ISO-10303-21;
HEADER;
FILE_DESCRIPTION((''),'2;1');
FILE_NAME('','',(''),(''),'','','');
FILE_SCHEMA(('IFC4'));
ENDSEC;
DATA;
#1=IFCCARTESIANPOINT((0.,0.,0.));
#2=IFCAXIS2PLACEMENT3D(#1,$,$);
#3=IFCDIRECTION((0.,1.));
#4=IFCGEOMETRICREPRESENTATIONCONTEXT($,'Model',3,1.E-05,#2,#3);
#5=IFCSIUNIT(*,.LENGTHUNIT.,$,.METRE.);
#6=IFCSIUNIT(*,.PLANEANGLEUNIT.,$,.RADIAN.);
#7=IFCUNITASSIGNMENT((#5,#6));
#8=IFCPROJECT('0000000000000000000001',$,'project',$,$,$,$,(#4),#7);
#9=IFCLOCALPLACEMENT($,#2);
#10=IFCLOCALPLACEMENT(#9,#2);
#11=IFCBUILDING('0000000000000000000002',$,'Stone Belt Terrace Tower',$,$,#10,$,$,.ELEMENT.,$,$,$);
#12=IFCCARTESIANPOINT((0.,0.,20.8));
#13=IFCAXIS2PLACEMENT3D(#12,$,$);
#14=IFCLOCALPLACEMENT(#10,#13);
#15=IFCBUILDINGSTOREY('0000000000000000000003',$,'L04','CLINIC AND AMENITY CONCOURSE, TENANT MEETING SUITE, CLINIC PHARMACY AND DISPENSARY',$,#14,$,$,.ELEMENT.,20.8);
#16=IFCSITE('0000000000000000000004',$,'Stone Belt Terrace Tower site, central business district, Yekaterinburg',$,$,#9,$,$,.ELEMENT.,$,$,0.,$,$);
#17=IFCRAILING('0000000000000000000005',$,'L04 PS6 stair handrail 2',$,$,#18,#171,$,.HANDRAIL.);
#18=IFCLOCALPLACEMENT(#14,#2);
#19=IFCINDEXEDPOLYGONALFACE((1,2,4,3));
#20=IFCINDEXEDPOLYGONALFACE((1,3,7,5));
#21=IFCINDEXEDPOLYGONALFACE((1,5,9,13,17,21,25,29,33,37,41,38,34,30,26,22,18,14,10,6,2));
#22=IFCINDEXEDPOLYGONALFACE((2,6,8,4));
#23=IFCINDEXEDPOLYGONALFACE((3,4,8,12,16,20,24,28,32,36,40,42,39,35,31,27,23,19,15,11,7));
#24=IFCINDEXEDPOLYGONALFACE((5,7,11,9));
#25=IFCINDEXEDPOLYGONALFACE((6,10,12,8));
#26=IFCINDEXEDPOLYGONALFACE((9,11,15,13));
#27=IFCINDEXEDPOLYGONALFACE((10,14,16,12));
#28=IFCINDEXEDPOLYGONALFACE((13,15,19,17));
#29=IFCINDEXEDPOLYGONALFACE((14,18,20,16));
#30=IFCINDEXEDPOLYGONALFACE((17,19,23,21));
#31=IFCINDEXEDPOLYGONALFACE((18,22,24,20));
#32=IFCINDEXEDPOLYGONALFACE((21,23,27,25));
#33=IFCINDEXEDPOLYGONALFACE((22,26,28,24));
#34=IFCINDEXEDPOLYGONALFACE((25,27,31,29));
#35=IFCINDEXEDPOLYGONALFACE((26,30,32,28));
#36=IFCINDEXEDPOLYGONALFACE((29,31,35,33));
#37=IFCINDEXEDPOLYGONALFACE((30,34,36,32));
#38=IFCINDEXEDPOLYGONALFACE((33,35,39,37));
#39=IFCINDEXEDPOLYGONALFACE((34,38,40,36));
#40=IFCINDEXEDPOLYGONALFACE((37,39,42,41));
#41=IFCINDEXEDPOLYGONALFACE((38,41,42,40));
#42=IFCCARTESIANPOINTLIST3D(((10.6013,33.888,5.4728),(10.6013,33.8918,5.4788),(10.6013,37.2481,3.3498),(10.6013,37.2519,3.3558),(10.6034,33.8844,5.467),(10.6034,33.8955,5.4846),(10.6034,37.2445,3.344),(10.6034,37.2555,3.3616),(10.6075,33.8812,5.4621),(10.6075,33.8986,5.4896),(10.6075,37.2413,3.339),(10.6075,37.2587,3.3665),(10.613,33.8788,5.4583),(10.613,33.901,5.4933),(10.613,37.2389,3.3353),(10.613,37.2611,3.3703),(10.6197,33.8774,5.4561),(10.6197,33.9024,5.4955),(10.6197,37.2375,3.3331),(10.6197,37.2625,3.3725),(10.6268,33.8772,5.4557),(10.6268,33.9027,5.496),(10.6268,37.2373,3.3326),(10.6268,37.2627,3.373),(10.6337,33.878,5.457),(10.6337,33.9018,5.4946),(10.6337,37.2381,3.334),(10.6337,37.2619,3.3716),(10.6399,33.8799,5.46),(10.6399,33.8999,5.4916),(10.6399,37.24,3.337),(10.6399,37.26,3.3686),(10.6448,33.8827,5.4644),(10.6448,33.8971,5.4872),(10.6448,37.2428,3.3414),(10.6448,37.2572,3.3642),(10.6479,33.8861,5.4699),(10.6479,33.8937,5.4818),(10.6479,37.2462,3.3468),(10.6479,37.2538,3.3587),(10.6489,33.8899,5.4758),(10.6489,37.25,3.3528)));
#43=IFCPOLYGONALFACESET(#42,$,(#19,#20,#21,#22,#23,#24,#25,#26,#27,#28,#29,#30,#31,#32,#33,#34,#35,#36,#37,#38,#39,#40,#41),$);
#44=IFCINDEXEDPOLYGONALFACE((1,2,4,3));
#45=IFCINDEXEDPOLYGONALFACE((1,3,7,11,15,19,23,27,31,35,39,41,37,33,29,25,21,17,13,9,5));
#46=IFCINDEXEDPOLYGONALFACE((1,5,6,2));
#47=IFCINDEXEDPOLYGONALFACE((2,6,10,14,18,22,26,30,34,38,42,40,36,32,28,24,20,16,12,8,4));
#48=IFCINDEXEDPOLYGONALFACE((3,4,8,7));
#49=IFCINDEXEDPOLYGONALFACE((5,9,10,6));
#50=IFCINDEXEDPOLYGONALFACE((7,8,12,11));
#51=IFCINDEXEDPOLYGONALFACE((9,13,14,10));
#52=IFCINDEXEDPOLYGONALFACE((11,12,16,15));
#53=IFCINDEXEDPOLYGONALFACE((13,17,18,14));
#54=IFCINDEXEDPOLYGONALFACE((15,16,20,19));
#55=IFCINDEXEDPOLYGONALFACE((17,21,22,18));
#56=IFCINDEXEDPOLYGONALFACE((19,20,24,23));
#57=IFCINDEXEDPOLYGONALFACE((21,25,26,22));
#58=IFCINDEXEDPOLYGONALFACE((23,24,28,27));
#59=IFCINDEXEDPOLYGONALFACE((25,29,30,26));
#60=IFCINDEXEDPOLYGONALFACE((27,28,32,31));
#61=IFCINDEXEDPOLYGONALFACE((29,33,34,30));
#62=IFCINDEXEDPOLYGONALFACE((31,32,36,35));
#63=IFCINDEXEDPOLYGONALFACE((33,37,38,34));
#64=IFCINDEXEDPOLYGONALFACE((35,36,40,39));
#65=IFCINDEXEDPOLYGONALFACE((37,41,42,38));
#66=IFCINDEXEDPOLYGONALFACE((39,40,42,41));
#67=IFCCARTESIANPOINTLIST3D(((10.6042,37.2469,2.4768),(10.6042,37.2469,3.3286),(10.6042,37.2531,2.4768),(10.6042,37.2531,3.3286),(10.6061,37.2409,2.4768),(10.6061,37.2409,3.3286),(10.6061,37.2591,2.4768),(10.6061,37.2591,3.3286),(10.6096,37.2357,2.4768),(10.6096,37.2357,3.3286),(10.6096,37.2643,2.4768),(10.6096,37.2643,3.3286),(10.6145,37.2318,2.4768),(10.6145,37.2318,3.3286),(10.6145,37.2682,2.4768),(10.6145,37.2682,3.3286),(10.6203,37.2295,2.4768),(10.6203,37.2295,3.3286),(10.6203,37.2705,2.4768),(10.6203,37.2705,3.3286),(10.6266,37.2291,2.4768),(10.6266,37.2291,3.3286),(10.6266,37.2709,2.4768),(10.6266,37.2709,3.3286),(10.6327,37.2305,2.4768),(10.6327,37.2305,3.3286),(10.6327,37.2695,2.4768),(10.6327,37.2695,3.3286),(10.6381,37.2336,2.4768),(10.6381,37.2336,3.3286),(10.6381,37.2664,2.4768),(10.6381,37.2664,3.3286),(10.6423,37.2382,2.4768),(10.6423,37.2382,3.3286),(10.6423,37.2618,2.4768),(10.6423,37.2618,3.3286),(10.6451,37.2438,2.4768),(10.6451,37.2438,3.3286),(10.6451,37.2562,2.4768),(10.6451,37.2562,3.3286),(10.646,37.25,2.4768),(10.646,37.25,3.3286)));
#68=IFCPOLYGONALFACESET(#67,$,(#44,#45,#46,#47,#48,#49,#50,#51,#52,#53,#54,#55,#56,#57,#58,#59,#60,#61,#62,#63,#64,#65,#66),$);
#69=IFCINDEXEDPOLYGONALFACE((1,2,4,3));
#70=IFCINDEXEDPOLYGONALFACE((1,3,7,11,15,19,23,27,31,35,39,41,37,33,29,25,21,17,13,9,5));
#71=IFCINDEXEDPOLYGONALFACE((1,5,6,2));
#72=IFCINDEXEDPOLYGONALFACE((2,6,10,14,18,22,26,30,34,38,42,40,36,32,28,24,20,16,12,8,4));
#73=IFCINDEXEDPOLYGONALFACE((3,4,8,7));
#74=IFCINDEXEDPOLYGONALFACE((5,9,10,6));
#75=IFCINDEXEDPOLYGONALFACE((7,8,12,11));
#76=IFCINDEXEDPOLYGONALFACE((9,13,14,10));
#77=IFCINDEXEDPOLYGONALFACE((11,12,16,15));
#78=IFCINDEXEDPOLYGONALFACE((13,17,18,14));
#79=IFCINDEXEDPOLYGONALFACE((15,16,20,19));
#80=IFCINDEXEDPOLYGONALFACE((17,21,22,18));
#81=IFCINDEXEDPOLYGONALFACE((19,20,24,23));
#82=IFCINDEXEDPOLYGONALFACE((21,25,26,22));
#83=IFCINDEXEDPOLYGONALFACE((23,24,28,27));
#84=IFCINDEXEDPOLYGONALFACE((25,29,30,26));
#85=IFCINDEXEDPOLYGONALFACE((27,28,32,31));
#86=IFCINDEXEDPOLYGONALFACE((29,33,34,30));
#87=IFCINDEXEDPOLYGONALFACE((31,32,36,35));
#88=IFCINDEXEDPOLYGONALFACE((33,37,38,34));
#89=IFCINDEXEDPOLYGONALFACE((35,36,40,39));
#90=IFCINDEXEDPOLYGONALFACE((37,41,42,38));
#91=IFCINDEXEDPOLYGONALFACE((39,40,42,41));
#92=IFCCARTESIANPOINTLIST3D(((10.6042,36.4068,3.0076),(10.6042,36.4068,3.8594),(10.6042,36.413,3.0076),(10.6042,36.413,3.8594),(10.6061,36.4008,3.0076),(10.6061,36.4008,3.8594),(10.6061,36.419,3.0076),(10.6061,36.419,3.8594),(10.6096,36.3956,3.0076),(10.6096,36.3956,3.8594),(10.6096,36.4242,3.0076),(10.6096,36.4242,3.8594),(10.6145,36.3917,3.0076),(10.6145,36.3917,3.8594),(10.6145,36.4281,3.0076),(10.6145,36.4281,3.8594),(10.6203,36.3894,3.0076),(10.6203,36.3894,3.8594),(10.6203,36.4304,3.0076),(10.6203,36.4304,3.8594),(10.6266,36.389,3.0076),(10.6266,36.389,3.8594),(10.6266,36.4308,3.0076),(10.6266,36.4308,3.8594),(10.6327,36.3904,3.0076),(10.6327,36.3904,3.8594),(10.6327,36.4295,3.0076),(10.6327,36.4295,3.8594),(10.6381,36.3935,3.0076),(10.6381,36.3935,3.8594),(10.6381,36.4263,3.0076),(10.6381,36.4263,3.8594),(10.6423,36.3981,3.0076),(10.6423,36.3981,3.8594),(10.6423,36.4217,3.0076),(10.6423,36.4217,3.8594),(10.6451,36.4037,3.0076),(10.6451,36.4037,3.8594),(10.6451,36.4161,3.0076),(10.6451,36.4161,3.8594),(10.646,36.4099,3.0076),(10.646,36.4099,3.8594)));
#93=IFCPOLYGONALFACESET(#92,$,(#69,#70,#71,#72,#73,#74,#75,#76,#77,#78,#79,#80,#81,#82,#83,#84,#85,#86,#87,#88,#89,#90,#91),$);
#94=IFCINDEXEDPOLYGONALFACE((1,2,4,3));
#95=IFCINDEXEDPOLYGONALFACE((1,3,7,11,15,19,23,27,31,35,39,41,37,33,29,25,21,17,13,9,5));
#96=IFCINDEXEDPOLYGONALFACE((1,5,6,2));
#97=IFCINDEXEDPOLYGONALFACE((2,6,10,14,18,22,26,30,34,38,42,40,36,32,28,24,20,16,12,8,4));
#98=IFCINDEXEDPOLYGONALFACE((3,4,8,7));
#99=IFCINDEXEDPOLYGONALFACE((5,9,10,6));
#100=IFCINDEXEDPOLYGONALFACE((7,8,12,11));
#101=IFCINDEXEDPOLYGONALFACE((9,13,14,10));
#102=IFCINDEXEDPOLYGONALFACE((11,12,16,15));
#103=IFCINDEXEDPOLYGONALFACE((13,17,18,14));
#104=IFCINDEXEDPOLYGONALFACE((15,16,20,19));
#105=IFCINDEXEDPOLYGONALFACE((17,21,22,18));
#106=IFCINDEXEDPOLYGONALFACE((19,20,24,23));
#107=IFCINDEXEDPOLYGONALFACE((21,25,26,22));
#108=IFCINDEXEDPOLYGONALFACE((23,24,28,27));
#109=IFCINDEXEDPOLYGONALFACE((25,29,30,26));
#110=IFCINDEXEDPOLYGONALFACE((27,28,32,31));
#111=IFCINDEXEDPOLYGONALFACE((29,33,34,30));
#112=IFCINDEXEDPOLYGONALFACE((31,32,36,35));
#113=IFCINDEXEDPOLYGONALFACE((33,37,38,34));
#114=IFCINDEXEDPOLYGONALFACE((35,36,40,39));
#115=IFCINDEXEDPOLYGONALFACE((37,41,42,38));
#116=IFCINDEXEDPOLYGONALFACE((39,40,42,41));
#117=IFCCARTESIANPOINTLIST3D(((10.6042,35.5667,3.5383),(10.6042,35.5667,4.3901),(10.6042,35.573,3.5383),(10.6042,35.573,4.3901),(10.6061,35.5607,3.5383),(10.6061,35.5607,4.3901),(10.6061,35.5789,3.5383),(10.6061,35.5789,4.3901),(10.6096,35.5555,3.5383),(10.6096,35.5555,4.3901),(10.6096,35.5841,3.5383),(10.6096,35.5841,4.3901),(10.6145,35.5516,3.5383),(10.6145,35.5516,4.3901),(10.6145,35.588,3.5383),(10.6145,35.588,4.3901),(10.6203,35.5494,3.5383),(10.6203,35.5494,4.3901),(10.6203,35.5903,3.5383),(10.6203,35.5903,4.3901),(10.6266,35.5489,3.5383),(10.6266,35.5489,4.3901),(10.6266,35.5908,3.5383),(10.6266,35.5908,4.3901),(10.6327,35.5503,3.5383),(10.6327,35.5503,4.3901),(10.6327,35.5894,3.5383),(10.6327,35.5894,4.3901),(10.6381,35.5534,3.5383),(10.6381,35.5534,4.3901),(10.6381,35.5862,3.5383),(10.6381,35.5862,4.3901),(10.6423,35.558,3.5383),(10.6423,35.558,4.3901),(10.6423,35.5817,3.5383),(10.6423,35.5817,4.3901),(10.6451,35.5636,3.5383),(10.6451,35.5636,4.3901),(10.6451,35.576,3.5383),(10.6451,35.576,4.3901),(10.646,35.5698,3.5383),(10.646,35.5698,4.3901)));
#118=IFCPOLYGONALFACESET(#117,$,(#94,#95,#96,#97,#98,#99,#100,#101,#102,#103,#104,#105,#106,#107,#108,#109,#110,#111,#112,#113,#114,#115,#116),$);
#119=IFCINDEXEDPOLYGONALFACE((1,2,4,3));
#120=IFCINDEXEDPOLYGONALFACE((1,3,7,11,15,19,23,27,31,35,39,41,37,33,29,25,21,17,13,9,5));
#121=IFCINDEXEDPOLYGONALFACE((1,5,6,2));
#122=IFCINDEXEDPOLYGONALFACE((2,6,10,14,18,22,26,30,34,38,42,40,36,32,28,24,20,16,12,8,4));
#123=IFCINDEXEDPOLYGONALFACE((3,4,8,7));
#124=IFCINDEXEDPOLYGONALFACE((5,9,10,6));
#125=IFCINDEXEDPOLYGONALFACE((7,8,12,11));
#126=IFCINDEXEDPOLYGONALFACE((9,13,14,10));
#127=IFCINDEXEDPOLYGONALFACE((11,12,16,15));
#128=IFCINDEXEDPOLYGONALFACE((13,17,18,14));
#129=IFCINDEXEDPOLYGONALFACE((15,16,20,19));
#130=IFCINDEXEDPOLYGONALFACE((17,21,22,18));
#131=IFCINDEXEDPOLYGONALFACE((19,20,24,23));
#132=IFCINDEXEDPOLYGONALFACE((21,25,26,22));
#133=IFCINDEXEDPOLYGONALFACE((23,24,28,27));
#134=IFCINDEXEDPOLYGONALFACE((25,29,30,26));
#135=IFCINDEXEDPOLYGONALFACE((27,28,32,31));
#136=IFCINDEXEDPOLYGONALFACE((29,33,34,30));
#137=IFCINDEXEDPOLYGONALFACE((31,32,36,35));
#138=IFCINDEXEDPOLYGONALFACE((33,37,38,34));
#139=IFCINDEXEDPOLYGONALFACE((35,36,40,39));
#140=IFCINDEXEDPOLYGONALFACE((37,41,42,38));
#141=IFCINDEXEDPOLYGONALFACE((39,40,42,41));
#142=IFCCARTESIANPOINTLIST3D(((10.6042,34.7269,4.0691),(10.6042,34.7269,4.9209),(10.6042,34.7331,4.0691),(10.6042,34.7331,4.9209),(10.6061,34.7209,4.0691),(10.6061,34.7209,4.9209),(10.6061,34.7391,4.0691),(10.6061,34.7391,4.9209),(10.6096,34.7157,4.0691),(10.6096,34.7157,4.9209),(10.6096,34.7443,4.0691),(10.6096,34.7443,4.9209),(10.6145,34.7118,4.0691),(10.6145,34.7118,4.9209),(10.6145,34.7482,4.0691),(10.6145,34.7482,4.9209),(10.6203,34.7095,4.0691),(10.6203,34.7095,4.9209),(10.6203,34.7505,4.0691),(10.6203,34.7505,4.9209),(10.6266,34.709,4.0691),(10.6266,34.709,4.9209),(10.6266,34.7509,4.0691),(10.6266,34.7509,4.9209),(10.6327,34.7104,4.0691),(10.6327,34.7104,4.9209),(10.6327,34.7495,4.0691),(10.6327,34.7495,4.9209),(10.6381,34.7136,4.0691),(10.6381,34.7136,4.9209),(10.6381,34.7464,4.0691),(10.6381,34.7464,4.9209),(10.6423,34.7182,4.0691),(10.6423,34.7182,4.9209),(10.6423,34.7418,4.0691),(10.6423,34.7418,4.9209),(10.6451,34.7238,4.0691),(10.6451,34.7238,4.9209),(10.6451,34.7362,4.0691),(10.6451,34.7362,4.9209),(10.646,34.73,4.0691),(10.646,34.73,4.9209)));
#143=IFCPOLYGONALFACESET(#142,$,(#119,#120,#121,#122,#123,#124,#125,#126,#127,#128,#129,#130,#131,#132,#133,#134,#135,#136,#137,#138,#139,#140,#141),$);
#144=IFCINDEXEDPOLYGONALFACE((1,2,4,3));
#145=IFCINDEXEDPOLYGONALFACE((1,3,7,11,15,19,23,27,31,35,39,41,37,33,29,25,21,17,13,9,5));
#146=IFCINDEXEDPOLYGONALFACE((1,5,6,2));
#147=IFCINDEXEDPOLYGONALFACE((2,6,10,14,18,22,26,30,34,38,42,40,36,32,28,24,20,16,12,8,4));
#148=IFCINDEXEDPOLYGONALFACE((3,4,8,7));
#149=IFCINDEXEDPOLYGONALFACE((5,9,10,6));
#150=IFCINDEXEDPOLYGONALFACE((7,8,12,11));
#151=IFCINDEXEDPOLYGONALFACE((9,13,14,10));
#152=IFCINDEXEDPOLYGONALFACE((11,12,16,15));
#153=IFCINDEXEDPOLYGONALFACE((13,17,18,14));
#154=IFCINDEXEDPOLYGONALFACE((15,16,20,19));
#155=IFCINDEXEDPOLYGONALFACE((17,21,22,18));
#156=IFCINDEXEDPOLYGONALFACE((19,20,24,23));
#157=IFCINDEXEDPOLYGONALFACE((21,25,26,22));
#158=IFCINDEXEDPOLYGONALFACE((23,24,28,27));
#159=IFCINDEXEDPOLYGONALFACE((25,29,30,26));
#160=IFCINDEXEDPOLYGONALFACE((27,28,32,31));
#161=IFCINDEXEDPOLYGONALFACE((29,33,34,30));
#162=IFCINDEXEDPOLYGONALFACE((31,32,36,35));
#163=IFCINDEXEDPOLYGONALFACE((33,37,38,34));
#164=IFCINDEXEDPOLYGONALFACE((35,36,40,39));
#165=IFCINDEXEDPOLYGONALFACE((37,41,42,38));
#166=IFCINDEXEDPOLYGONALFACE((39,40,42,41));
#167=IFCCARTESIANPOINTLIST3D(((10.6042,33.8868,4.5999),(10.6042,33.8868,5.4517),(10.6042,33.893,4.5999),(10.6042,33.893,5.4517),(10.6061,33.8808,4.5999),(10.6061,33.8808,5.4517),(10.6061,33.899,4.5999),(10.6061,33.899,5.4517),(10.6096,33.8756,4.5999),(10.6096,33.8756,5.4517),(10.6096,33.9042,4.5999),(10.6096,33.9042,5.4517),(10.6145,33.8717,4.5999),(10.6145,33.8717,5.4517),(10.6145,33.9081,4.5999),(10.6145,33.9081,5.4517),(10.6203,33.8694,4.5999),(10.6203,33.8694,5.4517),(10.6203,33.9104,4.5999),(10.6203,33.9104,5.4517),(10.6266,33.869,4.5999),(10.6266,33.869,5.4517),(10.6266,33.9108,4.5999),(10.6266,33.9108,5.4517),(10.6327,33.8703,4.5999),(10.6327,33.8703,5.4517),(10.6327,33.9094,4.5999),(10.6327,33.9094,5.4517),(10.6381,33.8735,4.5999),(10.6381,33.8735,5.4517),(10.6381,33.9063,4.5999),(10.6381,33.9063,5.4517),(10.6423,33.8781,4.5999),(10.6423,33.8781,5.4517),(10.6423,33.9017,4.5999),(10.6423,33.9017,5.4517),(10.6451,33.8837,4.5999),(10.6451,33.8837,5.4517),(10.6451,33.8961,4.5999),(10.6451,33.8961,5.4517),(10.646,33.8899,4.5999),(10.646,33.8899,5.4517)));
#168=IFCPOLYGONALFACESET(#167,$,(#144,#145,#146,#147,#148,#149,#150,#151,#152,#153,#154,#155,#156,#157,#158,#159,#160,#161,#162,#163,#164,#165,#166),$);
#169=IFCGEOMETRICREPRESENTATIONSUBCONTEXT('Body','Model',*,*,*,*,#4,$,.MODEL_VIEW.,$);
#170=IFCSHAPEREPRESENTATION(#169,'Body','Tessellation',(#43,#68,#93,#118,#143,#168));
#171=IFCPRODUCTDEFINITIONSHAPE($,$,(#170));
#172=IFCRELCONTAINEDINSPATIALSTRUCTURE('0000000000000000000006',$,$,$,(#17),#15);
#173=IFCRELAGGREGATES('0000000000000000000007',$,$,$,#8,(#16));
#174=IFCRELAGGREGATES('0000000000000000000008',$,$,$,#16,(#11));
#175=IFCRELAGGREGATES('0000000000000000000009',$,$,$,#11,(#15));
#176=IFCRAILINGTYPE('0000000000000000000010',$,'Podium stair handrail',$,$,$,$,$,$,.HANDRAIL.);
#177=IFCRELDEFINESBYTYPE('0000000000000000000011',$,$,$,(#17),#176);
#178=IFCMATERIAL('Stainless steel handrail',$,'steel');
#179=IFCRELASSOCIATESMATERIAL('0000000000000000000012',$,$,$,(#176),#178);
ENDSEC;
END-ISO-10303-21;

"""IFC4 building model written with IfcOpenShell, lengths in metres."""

from ifc_helpers import new_model, si_unit, direction, frame, origin, origin_2d, place, context, subcontext, project, spatial, circle, extrude, material, type_object, element, save


model = new_model("IFC4")

# Units and contexts
model_context = context("Model", 3, precision=1e-05, world=origin(), true_north=direction((0.0, 1.0)))
body_context = subcontext(model_context, "Body", "Model", "MODEL_VIEW")
ifc_project = project(units=[si_unit("LENGTHUNIT", "METRE"), si_unit("PLANEANGLEUNIT", "RADIAN")], contexts=[model_context])

# Site, building, storey
site_placement = place(None, origin())
site = spatial("IfcSite", under=ifc_project, at=site_placement, Name="Stone Belt Terrace Tower site, central business district, Yekaterinburg", CompositionType="ELEMENT", RefElevation=0.0)
building_placement = place(site_placement, origin())
building = spatial("IfcBuilding", under=site, at=building_placement, Name="Stone Belt Terrace Tower", CompositionType="ELEMENT")
storey_placement = place(building_placement, frame((0.0, 0.0, 20.8)))
storey = spatial("IfcBuildingStorey", under=building, at=storey_placement, Name="L04", Description="CLINIC AND AMENITY CONCOURSE, TENANT MEETING SUITE, CLINIC PHARMACY AND DISPENSARY", CompositionType="ELEMENT", Elevation=20.8)

# Railing
ifc_material_1 = material(Name="Stainless steel handrail", Category="steel")
railing_type_1 = type_object("IfcRailingType", Name="Podium stair handrail", PredefinedType="HANDRAIL", material=ifc_material_1)
railing_1_placement = place(storey_placement, frame((10.625, 37.25, 2.4768)))
element("IfcRailing", 1, at=railing_1_placement, inside=storey, type_object=railing_type_1, Name="L04 PS6 stair handrail 2", PredefinedType="HANDRAIL", context=body_context, shape_type="SweptSolid", body=[
    extrude(circle(Radius=0.0239, at=origin_2d()), frame((0.0, 0.0, 0.876), z_axis=(0.0, -0.84539, 0.53415), x_axis=(1.0, 0.0, 0.0)), (0.0, 0.0, 1.0), 3.9746),
    extrude(circle(Radius=0.021, at=origin_2d()), origin(), (0.0, 0.0, 1.0), 0.8518),
    extrude(circle(Radius=0.021, at=origin_2d()), frame((0.0, -0.8401, 0.5308)), (0.0, 0.0, 1.0), 0.8518),
    extrude(circle(Radius=0.021, at=origin_2d()), frame((0.0, -1.6802, 1.0615)), (0.0, 0.0, 1.0), 0.8518),
    extrude(circle(Radius=0.021, at=origin_2d()), frame((0.0, -2.52, 1.5923)), (0.0, 0.0, 1.0), 0.8518),
    extrude(circle(Radius=0.021, at=origin_2d()), frame((0.0, -3.3601, 2.123)), (0.0, 0.0, 1.0), 0.8518),
])

save(model, "model.ifc")
